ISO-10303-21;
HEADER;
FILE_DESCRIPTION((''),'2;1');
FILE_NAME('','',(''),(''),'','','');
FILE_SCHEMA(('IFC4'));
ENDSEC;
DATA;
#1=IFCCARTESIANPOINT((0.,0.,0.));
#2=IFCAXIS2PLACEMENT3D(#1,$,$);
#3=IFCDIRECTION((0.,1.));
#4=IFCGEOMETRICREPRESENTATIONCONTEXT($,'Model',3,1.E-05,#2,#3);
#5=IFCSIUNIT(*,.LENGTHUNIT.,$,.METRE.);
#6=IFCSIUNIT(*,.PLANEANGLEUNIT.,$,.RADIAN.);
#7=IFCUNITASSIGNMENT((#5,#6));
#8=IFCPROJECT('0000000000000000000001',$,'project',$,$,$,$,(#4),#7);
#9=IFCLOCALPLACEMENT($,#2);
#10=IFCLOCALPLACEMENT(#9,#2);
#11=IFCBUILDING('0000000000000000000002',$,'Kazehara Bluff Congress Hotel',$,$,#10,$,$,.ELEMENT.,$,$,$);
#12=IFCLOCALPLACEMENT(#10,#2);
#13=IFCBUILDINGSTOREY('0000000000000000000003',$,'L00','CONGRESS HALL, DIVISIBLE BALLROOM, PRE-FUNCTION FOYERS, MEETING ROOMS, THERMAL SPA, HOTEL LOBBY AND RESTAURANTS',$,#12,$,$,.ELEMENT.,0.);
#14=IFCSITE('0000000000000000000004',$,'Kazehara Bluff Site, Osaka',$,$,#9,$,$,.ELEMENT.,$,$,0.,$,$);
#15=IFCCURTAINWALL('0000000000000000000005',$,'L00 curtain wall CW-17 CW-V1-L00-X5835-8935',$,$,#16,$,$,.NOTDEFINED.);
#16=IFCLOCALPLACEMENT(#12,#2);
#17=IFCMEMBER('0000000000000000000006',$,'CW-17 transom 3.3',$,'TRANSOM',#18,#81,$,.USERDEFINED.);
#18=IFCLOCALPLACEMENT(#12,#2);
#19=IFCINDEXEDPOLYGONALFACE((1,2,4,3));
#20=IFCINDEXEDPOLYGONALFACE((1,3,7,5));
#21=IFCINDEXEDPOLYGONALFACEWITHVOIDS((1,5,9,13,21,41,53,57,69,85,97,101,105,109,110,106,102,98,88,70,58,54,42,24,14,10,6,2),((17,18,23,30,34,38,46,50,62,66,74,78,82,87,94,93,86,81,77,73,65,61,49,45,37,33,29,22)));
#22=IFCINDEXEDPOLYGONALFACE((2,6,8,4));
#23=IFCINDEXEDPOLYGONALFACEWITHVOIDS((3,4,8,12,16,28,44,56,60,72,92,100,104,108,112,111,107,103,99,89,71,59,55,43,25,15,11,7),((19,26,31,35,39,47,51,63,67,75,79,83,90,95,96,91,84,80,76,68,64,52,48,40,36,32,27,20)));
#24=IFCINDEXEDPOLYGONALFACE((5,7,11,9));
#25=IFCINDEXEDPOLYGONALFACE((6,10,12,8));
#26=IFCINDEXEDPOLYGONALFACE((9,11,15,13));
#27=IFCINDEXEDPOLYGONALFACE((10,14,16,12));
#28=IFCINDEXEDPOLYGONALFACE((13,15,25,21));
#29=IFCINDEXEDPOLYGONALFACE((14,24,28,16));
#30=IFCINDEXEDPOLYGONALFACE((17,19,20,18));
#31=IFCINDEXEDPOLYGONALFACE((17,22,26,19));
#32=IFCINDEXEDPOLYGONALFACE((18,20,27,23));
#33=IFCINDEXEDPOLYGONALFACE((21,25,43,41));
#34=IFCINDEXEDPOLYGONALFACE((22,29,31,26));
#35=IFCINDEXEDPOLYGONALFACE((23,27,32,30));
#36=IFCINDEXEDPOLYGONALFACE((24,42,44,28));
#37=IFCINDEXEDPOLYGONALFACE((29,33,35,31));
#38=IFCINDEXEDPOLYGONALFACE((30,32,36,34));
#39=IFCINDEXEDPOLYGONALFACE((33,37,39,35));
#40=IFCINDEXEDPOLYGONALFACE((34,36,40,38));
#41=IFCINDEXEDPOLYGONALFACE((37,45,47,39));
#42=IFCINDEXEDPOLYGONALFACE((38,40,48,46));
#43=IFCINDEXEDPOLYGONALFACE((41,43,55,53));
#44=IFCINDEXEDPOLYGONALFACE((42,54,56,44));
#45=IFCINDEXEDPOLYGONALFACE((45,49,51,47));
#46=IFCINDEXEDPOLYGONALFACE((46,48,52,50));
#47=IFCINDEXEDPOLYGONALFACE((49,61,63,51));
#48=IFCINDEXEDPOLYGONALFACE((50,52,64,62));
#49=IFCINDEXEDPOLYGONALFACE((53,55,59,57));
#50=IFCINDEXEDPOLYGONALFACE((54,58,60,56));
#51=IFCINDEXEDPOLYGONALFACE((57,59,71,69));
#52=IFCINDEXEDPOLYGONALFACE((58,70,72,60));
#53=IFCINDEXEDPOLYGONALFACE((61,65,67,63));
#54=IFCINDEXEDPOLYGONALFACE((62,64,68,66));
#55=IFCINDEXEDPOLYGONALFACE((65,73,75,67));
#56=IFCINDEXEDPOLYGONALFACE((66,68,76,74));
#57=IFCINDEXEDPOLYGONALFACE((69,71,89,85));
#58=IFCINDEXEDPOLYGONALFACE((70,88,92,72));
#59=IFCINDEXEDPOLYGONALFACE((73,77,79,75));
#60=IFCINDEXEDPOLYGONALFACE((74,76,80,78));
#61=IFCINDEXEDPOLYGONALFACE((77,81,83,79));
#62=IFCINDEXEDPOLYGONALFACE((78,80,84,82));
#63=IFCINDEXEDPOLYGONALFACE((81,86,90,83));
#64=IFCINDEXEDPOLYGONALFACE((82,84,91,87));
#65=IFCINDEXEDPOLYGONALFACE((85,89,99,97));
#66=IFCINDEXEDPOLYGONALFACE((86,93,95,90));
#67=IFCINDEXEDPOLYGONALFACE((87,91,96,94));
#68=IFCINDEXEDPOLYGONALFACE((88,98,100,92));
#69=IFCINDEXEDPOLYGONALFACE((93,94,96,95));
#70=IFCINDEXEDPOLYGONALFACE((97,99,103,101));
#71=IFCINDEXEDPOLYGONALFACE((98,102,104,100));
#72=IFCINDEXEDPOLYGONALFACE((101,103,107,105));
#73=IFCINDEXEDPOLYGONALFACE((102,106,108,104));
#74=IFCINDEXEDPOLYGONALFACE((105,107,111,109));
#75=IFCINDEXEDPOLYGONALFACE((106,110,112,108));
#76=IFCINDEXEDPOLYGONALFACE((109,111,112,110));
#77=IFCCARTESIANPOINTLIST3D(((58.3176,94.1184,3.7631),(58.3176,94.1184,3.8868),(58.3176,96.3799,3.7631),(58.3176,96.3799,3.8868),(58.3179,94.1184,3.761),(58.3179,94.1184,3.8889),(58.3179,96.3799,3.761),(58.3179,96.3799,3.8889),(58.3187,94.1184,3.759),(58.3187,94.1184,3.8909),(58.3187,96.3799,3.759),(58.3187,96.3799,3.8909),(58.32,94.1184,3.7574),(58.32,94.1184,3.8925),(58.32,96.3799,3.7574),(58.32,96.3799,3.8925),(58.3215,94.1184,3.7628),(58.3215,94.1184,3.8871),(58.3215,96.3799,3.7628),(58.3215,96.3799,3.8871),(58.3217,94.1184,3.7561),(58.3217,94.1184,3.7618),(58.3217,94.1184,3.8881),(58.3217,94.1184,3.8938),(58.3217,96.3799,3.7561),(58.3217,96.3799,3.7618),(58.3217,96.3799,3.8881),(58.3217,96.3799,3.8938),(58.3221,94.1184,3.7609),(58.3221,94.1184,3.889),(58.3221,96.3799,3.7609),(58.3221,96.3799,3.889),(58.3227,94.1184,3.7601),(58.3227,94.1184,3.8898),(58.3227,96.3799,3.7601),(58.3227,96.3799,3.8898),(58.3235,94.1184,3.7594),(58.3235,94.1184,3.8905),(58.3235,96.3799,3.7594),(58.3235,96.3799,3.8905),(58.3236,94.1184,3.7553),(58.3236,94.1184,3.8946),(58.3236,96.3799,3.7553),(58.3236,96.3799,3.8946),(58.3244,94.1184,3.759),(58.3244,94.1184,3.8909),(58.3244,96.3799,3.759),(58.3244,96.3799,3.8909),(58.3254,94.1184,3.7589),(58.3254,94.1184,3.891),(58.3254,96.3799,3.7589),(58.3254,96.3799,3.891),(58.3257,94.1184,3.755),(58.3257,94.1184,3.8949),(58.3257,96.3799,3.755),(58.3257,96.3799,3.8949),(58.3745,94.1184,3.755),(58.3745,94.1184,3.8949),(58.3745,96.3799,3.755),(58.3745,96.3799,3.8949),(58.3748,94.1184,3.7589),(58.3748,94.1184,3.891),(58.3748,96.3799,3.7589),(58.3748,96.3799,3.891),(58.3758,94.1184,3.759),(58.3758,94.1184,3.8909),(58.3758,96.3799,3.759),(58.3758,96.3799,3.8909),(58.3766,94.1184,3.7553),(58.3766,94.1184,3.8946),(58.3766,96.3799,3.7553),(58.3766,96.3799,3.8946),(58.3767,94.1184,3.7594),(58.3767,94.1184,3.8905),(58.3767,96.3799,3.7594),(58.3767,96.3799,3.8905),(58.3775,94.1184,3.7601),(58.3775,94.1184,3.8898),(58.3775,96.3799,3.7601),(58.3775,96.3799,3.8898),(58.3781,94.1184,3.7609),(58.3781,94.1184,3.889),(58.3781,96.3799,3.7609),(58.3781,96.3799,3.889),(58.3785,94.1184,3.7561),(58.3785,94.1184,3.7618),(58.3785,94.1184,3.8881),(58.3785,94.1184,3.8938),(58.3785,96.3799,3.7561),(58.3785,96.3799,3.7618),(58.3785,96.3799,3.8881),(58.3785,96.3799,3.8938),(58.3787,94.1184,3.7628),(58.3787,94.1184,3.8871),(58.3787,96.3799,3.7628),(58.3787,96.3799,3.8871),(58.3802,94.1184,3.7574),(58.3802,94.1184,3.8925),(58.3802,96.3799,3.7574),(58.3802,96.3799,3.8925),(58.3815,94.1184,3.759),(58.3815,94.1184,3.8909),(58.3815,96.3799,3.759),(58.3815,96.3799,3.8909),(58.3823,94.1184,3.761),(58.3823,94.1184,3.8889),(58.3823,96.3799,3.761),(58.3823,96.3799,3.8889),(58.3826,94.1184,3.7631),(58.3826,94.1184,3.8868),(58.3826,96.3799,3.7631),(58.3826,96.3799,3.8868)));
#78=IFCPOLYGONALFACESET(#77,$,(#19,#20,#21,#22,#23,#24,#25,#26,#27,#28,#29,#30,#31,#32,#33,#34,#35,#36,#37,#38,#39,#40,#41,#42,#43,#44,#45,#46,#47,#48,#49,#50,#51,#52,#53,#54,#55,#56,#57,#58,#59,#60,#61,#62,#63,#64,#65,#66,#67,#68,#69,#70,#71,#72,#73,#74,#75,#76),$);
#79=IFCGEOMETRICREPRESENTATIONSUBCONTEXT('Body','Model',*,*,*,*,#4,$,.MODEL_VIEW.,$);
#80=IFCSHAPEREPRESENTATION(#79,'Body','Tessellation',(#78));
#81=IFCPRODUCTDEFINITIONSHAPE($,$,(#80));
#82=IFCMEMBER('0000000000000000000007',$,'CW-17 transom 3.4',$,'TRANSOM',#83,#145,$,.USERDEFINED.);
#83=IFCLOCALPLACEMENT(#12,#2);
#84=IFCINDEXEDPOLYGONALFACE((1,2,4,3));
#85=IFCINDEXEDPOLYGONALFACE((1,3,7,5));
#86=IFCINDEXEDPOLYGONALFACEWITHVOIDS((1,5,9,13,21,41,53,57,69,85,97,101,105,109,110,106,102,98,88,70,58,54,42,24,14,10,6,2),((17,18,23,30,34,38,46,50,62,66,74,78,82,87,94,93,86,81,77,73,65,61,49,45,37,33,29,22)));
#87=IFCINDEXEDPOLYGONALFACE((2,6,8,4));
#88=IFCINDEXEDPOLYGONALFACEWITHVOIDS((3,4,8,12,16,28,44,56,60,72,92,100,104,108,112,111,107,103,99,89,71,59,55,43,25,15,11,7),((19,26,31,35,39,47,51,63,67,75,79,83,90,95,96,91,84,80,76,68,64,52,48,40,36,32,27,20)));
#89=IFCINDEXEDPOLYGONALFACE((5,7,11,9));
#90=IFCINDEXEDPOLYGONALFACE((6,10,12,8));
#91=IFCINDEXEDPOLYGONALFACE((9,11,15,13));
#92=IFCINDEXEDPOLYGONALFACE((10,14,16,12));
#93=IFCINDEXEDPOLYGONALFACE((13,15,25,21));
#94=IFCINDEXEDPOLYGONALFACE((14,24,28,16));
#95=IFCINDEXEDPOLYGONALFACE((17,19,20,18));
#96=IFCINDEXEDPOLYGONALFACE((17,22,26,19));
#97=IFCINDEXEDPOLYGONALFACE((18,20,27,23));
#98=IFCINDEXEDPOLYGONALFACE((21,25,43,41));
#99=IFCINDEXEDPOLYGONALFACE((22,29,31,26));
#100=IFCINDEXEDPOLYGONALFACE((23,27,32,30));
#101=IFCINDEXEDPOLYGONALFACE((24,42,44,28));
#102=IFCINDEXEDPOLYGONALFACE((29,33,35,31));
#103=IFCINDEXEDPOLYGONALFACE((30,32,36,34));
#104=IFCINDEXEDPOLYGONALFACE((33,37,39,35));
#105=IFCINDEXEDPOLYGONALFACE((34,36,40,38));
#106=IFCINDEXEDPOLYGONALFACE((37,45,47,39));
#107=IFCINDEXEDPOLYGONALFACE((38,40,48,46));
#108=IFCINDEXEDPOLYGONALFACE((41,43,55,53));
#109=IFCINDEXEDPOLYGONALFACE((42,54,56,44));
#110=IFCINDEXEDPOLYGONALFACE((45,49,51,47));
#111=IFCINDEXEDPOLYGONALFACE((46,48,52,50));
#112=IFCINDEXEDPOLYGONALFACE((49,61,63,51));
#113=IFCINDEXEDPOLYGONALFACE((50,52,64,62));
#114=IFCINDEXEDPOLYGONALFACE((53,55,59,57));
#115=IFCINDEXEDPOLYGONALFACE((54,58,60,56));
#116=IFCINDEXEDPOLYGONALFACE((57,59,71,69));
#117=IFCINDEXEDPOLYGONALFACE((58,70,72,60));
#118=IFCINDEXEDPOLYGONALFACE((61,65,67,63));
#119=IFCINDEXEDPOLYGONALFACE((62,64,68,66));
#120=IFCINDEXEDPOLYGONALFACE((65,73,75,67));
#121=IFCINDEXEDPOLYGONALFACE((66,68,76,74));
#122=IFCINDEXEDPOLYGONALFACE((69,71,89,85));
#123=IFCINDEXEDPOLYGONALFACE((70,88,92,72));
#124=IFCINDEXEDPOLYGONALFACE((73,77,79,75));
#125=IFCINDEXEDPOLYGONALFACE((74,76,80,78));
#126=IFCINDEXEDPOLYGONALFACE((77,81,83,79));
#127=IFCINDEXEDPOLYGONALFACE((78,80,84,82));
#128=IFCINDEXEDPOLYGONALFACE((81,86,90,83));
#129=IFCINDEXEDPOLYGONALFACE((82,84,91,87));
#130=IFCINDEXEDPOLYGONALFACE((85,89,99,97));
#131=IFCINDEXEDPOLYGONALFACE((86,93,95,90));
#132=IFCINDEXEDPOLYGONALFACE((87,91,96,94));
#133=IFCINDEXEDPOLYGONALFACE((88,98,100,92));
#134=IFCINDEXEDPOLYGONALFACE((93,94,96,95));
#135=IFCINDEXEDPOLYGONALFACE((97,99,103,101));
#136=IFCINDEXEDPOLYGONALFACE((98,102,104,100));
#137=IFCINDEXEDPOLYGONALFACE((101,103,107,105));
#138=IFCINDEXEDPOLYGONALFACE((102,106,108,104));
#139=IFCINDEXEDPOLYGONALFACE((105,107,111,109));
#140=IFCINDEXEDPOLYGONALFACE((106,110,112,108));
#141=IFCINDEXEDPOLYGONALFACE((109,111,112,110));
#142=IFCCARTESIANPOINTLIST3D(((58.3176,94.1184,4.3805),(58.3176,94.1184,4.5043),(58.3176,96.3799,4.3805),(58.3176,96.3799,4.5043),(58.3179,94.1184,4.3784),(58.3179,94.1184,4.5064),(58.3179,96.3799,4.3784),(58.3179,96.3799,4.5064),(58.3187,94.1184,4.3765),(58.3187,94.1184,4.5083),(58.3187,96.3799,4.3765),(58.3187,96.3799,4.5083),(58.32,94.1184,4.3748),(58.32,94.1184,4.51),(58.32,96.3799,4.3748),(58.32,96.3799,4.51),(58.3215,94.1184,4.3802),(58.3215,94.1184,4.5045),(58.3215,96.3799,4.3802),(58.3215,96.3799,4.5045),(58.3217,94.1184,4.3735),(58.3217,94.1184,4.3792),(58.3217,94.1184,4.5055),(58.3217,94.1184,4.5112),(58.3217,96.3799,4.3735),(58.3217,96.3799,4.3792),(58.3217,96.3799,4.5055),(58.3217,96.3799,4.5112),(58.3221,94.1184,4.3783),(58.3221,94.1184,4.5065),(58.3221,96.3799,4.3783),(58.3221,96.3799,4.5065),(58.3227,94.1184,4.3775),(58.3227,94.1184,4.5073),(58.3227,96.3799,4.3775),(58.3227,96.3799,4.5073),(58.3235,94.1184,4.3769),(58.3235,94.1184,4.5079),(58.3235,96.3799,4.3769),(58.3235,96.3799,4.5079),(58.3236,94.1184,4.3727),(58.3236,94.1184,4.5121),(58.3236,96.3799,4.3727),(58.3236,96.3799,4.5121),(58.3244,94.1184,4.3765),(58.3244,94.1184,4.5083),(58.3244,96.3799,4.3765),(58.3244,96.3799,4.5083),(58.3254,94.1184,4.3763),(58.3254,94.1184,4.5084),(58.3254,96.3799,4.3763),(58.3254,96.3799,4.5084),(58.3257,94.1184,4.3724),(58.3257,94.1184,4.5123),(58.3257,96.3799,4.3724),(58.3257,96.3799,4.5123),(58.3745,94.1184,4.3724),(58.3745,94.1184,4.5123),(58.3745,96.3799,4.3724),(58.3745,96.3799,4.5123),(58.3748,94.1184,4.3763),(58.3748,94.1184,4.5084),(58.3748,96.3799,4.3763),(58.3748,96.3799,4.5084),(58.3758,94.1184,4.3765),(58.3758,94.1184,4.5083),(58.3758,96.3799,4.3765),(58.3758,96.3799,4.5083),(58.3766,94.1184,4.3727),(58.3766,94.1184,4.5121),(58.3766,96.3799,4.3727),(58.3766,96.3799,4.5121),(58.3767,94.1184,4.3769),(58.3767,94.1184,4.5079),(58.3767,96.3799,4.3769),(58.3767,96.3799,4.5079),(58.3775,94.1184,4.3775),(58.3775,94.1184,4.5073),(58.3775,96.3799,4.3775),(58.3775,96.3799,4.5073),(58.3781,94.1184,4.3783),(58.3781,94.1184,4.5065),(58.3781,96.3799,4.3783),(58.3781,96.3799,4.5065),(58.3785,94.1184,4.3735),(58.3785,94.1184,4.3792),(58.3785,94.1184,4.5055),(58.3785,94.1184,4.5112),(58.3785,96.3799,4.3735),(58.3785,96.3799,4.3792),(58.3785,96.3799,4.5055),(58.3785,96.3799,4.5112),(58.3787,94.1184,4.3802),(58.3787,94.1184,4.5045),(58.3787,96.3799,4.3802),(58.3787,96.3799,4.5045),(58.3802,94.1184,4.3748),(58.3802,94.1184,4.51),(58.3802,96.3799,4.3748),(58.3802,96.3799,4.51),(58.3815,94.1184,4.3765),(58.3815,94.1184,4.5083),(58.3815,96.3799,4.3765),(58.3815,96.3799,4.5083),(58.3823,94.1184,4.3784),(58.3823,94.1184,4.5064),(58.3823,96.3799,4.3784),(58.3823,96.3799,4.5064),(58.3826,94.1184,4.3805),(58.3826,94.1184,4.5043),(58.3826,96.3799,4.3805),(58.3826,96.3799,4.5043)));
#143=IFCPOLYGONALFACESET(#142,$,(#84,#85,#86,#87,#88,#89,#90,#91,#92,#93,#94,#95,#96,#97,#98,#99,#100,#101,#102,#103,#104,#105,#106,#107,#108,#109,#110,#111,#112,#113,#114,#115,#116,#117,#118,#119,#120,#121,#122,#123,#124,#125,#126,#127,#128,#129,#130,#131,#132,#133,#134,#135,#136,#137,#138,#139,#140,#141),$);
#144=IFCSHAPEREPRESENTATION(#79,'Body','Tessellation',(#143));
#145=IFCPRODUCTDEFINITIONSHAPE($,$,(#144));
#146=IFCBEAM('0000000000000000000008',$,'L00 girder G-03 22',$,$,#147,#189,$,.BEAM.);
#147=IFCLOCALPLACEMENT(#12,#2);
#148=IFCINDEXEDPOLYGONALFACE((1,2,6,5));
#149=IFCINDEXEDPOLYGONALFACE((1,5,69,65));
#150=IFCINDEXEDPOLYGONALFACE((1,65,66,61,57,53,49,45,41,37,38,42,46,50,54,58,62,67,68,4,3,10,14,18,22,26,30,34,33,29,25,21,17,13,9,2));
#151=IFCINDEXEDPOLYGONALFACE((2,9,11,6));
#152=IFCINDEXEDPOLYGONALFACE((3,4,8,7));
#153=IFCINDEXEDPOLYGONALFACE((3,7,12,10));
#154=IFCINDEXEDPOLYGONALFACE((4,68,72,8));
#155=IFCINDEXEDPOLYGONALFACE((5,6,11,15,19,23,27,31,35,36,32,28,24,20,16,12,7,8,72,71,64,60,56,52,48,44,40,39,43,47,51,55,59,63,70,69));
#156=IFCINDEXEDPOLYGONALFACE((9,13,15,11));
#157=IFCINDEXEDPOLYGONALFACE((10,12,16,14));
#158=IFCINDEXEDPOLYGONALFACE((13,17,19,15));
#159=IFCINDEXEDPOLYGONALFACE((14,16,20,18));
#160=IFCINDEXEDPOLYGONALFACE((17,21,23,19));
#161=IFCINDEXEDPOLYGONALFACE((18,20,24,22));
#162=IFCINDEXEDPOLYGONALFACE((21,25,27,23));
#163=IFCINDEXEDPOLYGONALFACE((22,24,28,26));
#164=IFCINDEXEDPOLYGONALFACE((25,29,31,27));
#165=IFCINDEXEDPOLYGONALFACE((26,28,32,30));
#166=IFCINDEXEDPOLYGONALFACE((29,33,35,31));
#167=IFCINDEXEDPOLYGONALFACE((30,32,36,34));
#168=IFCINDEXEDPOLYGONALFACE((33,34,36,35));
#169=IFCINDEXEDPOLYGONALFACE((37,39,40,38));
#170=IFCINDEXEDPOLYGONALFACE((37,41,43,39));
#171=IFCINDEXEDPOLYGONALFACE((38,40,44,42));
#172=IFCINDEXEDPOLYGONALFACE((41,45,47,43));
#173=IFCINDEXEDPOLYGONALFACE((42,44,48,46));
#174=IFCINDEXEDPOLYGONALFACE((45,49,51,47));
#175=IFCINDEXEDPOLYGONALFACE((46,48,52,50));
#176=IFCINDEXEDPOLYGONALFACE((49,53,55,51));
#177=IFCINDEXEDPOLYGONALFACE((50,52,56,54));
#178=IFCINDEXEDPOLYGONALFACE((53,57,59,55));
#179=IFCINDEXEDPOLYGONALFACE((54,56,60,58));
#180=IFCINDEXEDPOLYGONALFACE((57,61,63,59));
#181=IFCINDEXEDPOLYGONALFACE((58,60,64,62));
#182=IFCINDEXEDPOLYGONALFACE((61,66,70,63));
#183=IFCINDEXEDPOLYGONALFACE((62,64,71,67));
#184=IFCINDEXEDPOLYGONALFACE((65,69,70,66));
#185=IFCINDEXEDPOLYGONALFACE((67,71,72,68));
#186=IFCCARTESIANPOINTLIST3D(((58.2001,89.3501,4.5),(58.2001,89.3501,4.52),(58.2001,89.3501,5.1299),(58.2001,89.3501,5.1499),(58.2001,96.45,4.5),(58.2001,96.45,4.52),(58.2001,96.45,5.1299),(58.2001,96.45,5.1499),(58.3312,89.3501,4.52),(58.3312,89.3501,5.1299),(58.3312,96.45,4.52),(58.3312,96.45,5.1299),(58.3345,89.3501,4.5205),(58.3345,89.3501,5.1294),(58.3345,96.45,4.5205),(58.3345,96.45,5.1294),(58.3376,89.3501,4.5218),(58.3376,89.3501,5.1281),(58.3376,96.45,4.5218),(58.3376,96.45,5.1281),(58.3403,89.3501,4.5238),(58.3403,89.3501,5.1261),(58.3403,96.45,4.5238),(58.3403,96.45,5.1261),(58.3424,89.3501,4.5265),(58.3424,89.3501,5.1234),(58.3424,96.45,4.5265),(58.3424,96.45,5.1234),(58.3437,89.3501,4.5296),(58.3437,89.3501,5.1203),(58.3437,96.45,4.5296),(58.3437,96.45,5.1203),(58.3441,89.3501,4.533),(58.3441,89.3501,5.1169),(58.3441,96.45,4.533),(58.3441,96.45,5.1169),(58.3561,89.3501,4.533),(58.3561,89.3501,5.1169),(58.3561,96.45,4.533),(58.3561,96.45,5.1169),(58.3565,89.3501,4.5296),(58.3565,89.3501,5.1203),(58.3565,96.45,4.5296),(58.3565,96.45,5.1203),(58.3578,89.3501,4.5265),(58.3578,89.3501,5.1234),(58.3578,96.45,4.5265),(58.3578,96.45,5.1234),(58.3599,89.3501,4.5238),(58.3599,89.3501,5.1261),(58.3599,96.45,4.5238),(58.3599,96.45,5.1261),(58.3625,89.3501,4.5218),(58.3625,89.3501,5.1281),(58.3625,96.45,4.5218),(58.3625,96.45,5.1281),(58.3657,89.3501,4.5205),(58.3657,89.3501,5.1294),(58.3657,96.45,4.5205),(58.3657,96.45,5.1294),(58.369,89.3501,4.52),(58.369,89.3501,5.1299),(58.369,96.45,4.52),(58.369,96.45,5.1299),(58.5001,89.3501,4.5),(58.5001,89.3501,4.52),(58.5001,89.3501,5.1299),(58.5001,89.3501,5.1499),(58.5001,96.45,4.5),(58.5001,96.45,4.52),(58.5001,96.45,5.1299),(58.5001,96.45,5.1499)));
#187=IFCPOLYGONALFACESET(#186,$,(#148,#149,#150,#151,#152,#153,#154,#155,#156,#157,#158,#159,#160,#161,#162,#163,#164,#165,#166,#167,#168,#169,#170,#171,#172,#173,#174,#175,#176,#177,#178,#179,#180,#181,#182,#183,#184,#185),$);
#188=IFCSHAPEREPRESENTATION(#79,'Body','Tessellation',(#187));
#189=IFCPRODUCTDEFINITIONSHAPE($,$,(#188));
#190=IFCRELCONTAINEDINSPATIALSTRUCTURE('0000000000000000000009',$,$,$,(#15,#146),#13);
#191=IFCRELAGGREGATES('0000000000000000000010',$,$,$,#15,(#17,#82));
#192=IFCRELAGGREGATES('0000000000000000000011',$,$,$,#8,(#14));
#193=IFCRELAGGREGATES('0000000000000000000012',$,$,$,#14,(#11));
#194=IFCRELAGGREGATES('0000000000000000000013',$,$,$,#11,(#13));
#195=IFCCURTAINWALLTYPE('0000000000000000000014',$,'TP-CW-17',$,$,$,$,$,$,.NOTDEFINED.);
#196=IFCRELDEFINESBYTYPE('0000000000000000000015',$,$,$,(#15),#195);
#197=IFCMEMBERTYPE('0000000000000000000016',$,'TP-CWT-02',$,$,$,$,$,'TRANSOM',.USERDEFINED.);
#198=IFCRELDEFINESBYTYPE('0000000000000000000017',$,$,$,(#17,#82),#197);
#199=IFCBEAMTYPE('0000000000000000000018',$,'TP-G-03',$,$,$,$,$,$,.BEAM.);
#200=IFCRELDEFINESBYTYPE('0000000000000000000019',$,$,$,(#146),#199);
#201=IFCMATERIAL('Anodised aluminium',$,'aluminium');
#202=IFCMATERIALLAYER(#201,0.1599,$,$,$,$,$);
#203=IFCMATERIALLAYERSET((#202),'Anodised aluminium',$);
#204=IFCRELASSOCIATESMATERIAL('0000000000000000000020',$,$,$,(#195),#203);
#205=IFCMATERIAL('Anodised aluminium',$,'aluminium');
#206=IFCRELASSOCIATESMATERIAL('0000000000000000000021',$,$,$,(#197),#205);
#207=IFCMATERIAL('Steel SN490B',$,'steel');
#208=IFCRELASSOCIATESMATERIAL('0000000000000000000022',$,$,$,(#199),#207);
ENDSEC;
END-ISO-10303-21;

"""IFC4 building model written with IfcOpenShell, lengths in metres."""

from ifc_helpers import new_model, si_unit, direction, frame, origin, origin_2d, place, context, subcontext, project, spatial, hollow_rectangle, i_section, extrude, material, layer, layer_set, material_profile, profile_set, type_object, element, aggregate, save


model = new_model("IFC4")

# Units and contexts
model_context = context("Model", 3, precision=1e-05, world=origin(), true_north=direction((0.0, 1.0)))
body_context = subcontext(model_context, "Body", "Model", "MODEL_VIEW")
ifc_project = project(units=[si_unit("LENGTHUNIT", "METRE"), si_unit("PLANEANGLEUNIT", "RADIAN")], contexts=[model_context])

# Site, building, storey
site_placement = place(None, origin())
site = spatial("IfcSite", under=ifc_project, at=site_placement, Name="Kazehara Bluff Site, Osaka", CompositionType="ELEMENT", RefElevation=0.0)
building_placement = place(site_placement, origin())
building = spatial("IfcBuilding", under=site, at=building_placement, Name="Kazehara Bluff Congress Hotel", CompositionType="ELEMENT")
storey_placement = place(building_placement, origin())
storey = spatial("IfcBuildingStorey", under=building, at=storey_placement, Name="L00", Description="CONGRESS HALL, DIVISIBLE BALLROOM, PRE-FUNCTION FOYERS, MEETING ROOMS, THERMAL SPA, HOTEL LOBBY AND RESTAURANTS", CompositionType="ELEMENT", Elevation=0.0)

# Shared definitions
ifc_material_1 = material(Name="Anodised aluminium", Category="aluminium")
ifc_layer_1 = layer(ifc_material_1, 0.1599)
ifc_layer_set_1 = layer_set([ifc_layer_1], Name="Anodised aluminium")
curtain_wall_type = type_object("IfcCurtainWallType", Name="TP-CW-17", PredefinedType="NOTDEFINED", material=ifc_layer_set_1)

# Curtain wall, members
curtain_wall_1_placement = place(storey_placement, origin())
curtain_wall_1 = element("IfcCurtainWall", 1, at=curtain_wall_1_placement, inside=storey, type_object=curtain_wall_type, Name="L00 curtain wall CW-17 CW-V1-L00-X5835-8935", PredefinedType="NOTDEFINED")
ifc_material_2 = material(Name="Anodised aluminium", Category="aluminium")
ifc_material_profile_1 = material_profile(ifc_material_2, hollow_rectangle(XDim=0.0649, YDim=0.1399, WallThickness=0.0039, InnerFilletRadius=0.0039, OuterFilletRadius=0.0081, at=origin_2d()))
ifc_profile_set_1 = profile_set([ifc_material_profile_1], Name="Anodised aluminium")
member_type_1 = type_object("IfcMemberType", Name="TP-CWT-02", ElementType="TRANSOM", PredefinedType="USERDEFINED", material=ifc_profile_set_1)
member_1_placement = place(storey_placement, frame((58.3501, 94.1184, 3.825), z_axis=(0.0, 1.0, 0.0), x_axis=(-1.0, 0.0, 0.0)))
member_1 = element("IfcMember", 2, at=member_1_placement, type_object=member_type_1, Name="CW-17 transom 3.3", ObjectType="TRANSOM", PredefinedType="USERDEFINED", context=body_context, shape_type="SweptSolid", body=[
    extrude(hollow_rectangle(XDim=0.0649, YDim=0.1399, WallThickness=0.0039, InnerFilletRadius=0.0039, OuterFilletRadius=0.0081, at=origin_2d()), origin(), (0.0, 0.0, 1.0), 2.2615),
])
member_2_placement = place(storey_placement, frame((58.3501, 94.1184, 4.4424), z_axis=(0.0, 1.0, 0.0), x_axis=(-1.0, 0.0, 0.0)))
member_2 = element("IfcMember", 3, at=member_2_placement, type_object=member_type_1, Name="CW-17 transom 3.4", ObjectType="TRANSOM", PredefinedType="USERDEFINED", context=body_context, shape_type="SweptSolid", body=[
    extrude(hollow_rectangle(XDim=0.0649, YDim=0.1399, WallThickness=0.0039, InnerFilletRadius=0.0039, OuterFilletRadius=0.0081, at=origin_2d()), origin(), (0.0, 0.0, 1.0), 2.2615),
])

# Beam
ifc_material_3 = material(Name="Steel SN490B", Category="steel")
ifc_material_profile_2 = material_profile(ifc_material_3, i_section(OverallWidth=0.3, OverallDepth=0.6499, WebThickness=0.012, FlangeThickness=0.02, FilletRadius=0.0129, at=origin_2d()))
ifc_profile_set_2 = profile_set([ifc_material_profile_2], Name="Steel SN490B")
beam_type_1 = type_object("IfcBeamType", Name="TP-G-03", PredefinedType="BEAM", material=ifc_profile_set_2)
beam_1_placement = place(storey_placement, frame((58.3501, 89.3501, 4.825), z_axis=(0.0, 1.0, 0.0), x_axis=(-1.0, 0.0, 0.0)))
element("IfcBeam", 4, at=beam_1_placement, inside=storey, type_object=beam_type_1, Name="L00 girder G-03 22", PredefinedType="BEAM", context=body_context, shape_type="SweptSolid", body=[
    extrude(i_section(OverallWidth=0.3, OverallDepth=0.6499, WebThickness=0.012, FlangeThickness=0.02, FilletRadius=0.0129, at=origin_2d()), origin(), (0.0, 0.0, 1.0), 7.0999),
])

aggregate(curtain_wall_1, [member_1, member_2])

save(model, "model.ifc")
